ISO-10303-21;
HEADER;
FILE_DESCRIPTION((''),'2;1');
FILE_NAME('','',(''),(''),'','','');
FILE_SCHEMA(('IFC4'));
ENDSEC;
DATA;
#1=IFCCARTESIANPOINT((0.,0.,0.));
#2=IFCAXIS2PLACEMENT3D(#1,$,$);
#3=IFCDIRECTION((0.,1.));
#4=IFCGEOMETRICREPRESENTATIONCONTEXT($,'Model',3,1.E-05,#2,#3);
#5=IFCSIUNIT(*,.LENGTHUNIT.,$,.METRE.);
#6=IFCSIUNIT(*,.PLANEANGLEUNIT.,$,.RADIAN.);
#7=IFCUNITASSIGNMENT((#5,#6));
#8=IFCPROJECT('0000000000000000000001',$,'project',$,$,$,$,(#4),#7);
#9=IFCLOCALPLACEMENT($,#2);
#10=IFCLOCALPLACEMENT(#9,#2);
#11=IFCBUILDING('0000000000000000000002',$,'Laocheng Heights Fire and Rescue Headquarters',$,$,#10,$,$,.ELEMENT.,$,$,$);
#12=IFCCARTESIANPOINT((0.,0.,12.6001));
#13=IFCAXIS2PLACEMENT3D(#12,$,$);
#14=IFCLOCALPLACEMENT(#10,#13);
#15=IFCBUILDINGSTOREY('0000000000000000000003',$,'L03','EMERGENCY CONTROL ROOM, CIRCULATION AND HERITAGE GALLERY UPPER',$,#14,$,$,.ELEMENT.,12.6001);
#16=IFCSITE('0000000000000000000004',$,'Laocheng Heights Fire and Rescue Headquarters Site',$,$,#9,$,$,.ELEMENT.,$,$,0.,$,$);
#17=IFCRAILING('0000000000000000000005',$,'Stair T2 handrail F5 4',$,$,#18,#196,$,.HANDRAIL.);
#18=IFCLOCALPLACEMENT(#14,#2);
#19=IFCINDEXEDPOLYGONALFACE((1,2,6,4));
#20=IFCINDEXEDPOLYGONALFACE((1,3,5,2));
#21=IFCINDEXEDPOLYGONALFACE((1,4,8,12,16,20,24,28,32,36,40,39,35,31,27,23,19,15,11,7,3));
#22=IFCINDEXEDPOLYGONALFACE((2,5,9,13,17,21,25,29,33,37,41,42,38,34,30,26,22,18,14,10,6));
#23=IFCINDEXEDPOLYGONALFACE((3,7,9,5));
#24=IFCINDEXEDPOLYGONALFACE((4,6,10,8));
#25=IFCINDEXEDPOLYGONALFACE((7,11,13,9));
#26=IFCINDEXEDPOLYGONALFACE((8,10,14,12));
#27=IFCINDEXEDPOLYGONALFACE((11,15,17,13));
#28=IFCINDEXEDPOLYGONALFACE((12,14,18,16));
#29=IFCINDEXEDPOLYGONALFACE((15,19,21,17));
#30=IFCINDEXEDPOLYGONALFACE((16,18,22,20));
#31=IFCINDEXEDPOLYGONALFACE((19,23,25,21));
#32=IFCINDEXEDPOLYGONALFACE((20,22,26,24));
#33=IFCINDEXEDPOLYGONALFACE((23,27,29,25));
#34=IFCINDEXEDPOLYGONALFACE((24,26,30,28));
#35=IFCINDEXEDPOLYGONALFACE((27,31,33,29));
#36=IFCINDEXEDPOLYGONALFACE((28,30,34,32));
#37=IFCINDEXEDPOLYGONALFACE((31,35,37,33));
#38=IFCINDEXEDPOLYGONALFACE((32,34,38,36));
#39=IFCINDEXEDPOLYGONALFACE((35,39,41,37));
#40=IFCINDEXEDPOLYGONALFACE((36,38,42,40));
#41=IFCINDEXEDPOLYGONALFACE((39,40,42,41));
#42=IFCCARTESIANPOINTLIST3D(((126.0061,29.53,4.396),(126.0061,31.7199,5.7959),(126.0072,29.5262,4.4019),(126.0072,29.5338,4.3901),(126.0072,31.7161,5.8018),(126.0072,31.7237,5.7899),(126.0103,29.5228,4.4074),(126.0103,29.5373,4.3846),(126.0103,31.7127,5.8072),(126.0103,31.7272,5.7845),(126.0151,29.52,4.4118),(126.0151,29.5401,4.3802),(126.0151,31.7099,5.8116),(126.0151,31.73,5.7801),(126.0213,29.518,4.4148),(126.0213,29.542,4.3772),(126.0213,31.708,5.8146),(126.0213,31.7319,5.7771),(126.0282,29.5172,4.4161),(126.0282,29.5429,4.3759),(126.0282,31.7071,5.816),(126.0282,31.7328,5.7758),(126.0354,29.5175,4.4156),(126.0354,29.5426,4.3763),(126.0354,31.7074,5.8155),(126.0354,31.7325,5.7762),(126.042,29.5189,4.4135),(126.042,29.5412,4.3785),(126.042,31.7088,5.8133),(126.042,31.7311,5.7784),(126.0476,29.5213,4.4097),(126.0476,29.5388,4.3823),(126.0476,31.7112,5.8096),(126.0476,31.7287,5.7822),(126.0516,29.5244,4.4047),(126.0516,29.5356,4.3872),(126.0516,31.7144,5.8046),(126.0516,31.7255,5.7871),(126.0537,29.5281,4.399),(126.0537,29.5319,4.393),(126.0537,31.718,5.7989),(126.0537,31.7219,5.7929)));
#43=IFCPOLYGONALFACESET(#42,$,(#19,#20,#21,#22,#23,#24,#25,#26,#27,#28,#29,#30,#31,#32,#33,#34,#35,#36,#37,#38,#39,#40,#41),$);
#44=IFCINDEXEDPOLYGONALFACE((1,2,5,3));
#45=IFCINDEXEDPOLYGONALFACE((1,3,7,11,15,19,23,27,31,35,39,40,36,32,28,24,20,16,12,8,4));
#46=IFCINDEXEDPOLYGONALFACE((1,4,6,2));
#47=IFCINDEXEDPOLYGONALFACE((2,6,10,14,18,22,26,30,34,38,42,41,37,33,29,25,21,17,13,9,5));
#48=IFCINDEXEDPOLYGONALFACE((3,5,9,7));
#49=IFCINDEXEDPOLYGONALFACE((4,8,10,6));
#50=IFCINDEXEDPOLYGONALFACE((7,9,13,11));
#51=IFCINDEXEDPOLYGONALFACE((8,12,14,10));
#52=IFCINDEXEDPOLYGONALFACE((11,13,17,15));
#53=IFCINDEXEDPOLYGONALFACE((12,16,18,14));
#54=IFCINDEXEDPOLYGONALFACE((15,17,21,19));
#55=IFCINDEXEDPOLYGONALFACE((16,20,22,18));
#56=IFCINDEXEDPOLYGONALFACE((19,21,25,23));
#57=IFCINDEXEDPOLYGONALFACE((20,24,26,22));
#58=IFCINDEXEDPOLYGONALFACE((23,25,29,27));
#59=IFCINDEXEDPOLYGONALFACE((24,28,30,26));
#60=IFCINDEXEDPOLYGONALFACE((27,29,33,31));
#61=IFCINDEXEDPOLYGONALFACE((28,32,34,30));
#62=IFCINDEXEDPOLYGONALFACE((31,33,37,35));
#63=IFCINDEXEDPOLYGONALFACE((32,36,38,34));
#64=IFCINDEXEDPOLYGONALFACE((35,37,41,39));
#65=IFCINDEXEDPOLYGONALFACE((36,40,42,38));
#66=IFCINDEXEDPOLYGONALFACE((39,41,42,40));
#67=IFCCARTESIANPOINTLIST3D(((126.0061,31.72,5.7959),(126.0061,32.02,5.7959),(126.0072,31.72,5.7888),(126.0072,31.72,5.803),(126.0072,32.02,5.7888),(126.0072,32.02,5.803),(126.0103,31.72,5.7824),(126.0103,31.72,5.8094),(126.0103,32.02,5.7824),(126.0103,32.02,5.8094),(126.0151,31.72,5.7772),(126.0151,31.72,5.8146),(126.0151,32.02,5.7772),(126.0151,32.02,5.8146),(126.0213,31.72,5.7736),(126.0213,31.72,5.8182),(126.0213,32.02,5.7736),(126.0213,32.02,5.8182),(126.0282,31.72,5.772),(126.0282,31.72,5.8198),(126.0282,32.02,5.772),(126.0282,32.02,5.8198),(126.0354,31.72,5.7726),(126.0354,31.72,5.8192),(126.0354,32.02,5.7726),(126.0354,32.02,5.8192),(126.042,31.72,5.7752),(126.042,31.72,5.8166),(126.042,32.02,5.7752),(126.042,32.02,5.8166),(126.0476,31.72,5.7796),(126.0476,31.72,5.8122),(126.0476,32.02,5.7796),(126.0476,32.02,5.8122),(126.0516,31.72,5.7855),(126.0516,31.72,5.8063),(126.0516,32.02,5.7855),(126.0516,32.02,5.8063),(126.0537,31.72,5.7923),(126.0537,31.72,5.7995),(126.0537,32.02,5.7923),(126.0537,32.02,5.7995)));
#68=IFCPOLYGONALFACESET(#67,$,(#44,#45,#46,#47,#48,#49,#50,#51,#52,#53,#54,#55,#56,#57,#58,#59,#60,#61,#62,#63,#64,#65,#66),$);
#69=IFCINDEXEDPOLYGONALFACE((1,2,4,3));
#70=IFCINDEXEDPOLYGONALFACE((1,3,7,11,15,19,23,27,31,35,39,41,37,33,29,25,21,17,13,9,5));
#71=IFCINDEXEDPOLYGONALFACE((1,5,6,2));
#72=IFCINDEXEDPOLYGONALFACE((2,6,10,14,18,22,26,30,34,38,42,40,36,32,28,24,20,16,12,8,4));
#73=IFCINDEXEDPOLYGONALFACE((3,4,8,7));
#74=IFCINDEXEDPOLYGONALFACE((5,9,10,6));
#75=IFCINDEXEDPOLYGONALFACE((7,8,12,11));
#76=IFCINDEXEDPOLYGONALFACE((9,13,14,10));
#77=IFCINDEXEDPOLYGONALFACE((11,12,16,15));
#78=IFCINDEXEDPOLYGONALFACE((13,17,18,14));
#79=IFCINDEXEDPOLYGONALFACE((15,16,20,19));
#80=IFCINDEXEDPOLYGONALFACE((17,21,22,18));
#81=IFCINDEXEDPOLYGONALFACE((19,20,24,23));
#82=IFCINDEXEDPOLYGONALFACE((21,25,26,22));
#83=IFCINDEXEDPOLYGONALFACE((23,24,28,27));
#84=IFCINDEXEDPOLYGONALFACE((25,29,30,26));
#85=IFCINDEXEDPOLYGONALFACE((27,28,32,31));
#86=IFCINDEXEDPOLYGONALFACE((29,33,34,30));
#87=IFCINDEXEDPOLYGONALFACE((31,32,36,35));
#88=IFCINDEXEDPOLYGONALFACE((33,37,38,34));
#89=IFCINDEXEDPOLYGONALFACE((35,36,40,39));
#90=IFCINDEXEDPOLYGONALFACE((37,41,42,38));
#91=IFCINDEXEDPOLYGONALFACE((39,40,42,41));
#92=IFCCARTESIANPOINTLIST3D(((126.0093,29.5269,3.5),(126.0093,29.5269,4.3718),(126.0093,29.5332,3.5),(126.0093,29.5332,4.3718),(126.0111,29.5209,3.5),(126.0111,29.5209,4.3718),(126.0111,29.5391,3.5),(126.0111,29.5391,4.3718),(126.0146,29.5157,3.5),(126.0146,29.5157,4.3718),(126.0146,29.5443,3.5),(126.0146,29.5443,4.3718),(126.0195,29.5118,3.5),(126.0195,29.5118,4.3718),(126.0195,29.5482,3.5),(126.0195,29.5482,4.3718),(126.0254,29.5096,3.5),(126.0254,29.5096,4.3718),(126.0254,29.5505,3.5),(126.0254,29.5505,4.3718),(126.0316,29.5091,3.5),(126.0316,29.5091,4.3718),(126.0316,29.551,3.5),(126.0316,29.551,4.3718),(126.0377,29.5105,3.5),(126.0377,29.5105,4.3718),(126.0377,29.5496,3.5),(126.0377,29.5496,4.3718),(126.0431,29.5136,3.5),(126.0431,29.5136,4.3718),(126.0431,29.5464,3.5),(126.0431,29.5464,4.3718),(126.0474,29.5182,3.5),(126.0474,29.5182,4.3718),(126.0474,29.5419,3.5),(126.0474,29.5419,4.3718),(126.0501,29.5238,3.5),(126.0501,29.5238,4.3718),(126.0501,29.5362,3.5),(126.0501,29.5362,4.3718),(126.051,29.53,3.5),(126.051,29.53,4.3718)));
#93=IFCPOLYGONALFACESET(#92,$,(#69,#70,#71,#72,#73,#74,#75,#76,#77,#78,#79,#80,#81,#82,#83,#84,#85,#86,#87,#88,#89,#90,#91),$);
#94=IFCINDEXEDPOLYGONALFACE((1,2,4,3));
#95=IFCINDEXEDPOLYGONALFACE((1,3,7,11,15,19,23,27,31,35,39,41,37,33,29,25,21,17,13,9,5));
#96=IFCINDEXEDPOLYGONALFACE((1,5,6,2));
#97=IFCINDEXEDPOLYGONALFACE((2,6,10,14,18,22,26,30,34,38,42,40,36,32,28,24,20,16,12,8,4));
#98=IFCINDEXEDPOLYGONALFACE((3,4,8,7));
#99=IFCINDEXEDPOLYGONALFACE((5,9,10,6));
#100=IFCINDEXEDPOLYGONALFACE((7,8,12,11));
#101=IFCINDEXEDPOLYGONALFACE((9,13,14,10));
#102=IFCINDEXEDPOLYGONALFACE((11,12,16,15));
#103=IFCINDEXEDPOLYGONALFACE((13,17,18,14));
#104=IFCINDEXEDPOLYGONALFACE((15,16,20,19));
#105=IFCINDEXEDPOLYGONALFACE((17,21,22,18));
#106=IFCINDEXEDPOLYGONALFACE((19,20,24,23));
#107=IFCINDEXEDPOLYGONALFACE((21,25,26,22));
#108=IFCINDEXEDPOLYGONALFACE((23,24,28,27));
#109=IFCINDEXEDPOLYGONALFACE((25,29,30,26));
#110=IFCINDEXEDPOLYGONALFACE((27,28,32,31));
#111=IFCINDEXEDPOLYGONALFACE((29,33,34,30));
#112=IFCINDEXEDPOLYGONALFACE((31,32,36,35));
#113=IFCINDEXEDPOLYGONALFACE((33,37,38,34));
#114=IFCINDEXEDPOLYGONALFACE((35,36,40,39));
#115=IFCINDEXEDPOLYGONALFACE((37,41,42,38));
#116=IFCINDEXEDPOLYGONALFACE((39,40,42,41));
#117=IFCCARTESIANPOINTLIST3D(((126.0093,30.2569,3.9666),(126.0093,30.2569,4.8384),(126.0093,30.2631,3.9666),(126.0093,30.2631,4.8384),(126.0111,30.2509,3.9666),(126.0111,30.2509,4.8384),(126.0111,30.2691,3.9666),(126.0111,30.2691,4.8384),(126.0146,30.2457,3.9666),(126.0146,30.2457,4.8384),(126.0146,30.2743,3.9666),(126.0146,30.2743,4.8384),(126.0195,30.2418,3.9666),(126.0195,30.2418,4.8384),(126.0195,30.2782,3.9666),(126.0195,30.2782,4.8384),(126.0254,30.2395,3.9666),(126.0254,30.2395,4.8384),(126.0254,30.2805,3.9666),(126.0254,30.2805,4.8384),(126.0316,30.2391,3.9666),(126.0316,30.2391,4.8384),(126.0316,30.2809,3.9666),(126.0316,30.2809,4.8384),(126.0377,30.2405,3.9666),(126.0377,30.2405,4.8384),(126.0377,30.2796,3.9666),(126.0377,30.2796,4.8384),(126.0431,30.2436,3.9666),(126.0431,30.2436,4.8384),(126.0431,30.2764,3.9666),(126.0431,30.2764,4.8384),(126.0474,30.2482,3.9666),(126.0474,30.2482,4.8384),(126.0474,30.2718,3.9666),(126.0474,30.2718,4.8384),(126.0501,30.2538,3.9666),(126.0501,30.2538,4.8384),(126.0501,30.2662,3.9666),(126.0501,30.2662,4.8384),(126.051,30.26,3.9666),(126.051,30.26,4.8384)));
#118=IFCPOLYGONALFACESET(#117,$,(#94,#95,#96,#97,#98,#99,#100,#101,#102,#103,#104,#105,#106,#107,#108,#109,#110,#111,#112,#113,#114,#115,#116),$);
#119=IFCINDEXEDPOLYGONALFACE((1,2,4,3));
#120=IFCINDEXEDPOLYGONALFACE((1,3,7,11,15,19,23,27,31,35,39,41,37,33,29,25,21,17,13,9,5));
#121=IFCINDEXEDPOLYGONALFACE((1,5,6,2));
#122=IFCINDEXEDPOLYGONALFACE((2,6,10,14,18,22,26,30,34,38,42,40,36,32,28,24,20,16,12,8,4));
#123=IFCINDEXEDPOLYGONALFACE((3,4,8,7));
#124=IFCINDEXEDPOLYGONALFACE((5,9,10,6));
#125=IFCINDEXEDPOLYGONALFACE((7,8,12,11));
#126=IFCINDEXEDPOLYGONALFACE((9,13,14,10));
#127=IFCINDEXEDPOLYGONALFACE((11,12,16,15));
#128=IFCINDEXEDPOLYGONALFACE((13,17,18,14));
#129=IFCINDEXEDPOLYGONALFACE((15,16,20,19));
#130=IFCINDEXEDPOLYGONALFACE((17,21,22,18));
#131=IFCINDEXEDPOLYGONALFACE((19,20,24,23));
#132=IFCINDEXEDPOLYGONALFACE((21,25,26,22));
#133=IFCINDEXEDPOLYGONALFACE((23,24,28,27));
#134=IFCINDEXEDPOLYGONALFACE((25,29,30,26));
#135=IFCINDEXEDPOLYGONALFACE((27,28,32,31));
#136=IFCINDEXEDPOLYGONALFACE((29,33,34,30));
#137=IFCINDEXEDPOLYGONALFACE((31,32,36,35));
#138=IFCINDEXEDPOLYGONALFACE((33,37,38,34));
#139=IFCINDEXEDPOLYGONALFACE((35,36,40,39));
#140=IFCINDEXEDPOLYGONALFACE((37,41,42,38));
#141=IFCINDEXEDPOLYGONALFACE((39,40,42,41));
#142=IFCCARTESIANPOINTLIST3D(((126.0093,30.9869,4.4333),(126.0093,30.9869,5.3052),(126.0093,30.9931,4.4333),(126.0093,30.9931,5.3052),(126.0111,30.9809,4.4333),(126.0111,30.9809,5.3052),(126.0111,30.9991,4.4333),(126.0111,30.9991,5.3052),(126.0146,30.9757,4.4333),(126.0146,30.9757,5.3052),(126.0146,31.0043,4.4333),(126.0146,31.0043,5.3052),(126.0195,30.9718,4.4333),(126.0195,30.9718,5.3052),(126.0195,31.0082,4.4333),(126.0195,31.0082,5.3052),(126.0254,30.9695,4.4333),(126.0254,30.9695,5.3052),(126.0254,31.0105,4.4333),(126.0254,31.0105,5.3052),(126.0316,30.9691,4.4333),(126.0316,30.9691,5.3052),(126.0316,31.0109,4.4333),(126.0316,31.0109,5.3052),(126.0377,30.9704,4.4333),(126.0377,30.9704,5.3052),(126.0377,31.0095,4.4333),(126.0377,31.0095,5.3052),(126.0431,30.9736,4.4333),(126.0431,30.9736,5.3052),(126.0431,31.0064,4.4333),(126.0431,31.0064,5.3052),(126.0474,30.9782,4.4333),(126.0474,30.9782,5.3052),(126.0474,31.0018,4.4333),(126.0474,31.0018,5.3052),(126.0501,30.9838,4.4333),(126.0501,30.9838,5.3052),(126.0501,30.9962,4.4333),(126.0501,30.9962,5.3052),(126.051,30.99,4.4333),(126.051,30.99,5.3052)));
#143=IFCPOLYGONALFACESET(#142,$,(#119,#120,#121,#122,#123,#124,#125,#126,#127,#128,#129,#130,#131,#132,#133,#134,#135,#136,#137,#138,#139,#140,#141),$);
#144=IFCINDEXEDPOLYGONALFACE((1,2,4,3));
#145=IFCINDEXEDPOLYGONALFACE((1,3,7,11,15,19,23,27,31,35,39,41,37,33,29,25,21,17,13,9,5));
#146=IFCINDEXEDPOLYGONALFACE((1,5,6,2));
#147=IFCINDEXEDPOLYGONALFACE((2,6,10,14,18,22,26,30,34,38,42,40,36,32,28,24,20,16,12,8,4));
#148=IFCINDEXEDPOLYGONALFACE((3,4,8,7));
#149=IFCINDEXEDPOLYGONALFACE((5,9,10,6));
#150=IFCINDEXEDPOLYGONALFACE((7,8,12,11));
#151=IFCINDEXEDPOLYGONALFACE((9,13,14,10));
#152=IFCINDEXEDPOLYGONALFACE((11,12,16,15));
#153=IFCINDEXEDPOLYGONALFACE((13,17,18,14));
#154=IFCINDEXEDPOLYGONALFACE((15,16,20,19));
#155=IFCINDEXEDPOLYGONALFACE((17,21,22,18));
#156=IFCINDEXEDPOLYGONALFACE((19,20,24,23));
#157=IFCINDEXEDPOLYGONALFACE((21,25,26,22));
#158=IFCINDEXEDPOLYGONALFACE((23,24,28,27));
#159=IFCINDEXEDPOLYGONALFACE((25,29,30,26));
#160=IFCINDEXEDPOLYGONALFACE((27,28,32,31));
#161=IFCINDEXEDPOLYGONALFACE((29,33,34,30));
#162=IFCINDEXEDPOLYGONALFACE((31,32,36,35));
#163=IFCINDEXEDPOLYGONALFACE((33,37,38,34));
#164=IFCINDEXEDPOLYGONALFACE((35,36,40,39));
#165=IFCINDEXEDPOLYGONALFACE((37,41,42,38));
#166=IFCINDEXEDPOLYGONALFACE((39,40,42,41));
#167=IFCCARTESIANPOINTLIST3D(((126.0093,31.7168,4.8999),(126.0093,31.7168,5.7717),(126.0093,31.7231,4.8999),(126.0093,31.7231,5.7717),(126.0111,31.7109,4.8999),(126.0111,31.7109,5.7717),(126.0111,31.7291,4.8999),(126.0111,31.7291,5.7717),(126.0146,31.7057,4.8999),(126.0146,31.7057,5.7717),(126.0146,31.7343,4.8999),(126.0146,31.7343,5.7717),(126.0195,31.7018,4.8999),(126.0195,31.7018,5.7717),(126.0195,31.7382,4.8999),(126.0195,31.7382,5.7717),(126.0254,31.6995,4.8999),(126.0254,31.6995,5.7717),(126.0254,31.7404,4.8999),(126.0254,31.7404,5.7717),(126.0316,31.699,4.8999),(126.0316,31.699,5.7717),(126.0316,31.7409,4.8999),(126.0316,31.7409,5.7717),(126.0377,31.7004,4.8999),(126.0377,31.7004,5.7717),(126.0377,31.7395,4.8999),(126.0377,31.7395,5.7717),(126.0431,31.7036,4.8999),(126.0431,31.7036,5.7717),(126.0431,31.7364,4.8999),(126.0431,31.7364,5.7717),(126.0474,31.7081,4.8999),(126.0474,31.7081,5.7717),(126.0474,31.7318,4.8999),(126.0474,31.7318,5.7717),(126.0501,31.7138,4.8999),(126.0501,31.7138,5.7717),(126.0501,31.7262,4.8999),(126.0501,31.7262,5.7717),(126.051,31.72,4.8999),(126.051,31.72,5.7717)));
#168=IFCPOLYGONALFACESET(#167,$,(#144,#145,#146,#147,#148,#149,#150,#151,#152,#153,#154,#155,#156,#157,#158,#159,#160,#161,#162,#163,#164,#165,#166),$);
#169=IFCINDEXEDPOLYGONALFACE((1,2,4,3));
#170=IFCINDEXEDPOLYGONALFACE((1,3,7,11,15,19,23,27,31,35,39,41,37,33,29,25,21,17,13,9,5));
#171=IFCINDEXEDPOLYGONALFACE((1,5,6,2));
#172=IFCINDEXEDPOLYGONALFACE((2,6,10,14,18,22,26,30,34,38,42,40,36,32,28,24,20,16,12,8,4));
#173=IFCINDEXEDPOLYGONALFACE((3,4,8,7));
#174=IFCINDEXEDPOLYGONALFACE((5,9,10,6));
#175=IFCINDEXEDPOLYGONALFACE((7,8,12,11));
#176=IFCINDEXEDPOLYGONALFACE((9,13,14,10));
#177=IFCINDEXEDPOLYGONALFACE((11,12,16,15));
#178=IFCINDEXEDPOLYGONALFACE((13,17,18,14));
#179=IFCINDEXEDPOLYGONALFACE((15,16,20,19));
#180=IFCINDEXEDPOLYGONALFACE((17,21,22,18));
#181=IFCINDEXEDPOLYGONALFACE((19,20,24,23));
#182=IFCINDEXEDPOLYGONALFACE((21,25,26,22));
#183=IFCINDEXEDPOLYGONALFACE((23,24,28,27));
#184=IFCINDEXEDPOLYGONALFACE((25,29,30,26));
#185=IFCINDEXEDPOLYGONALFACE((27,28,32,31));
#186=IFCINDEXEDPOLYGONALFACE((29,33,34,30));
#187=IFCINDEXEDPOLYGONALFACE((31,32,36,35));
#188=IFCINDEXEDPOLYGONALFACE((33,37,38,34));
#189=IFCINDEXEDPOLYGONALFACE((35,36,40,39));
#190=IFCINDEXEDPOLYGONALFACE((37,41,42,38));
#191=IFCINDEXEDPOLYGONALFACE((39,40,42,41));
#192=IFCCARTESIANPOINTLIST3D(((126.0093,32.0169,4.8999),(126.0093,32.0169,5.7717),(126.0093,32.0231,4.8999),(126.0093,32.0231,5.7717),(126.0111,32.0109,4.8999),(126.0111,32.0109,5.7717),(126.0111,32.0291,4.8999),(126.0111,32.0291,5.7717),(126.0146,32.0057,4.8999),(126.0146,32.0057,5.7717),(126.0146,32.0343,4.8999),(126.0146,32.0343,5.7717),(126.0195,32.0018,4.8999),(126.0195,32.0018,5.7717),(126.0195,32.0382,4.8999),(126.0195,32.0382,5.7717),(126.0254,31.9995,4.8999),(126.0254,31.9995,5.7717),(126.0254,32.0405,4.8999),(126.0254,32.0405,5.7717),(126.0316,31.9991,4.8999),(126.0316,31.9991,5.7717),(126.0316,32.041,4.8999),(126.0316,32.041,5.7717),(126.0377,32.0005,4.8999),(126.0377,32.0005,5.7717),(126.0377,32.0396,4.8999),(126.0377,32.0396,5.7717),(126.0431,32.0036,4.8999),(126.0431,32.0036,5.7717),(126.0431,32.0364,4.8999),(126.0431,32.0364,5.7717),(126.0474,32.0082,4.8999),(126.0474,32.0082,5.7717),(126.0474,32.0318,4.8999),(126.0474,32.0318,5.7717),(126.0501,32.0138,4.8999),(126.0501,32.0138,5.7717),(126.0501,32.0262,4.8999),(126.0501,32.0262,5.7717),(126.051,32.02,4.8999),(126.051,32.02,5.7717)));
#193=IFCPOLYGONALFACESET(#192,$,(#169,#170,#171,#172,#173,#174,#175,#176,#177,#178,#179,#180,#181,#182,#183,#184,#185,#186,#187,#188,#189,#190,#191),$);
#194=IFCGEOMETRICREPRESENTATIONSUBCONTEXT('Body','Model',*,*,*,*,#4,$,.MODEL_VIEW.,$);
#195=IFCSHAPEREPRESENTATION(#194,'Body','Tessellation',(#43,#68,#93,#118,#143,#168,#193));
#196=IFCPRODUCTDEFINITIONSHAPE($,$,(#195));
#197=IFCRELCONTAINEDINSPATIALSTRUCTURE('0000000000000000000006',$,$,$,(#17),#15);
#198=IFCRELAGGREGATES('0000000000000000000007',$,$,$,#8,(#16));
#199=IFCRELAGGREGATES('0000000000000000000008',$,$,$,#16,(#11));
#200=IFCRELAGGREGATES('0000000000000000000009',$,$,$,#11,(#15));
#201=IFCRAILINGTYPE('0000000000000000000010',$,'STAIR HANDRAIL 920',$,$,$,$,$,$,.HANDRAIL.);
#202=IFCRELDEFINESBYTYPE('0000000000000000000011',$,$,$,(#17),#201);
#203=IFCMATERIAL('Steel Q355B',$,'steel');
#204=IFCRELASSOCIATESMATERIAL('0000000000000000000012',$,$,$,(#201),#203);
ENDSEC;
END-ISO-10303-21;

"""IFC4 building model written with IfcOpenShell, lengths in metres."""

from ifc_helpers import new_model, si_unit, direction, frame, origin, origin_2d, place, context, subcontext, project, spatial, circle, extrude, material, type_object, element, save


model = new_model("IFC4")

# Units and contexts
model_context = context("Model", 3, precision=1e-05, world=origin(), true_north=direction((0.0, 1.0)))
body_context = subcontext(model_context, "Body", "Model", "MODEL_VIEW")
ifc_project = project(units=[si_unit("LENGTHUNIT", "METRE"), si_unit("PLANEANGLEUNIT", "RADIAN")], contexts=[model_context])

# Site, building, storey
site_placement = place(None, origin())
site = spatial("IfcSite", under=ifc_project, at=site_placement, Name="Laocheng Heights Fire and Rescue Headquarters Site", CompositionType="ELEMENT", RefElevation=0.0)
building_placement = place(site_placement, origin())
building = spatial("IfcBuilding", under=site, at=building_placement, Name="Laocheng Heights Fire and Rescue Headquarters", CompositionType="ELEMENT")
storey_placement = place(building_placement, frame((0.0, 0.0, 12.6001)))
storey = spatial("IfcBuildingStorey", under=building, at=storey_placement, Name="L03", Description="EMERGENCY CONTROL ROOM, CIRCULATION AND HERITAGE GALLERY UPPER", CompositionType="ELEMENT", Elevation=12.6001)

# Railing
ifc_material_1 = material(Name="Steel Q355B", Category="steel")
railing_type_1 = type_object("IfcRailingType", Name="STAIR HANDRAIL 920", PredefinedType="HANDRAIL", material=ifc_material_1)
railing_1_placement = place(storey_placement, frame((126.03, 29.53, 3.5)))
element("IfcRailing", 1, at=railing_1_placement, inside=storey, type_object=railing_type_1, Name="Stair T2 handrail F5 4", PredefinedType="HANDRAIL", context=body_context, shape_type="SweptSolid", body=[
    extrude(circle(Radius=0.0239, at=origin_2d()), frame((0.0, 0.0, 0.896), z_axis=(0.0, 0.842561, 0.5386), x_axis=(-1.0, 0.0, 0.0)), (0.0, 0.0, 1.0), 2.5991),
    extrude(circle(Radius=0.0239, at=origin_2d()), frame((0.0, 2.1899, 2.2959), z_axis=(0.0, 1.0, 0.0), x_axis=(-1.0, 0.0, 0.0)), (0.0, 0.0, 1.0), 0.3),
    extrude(circle(Radius=0.021, at=origin_2d()), origin(), (0.0, 0.0, 1.0), 0.8718),
    extrude(circle(Radius=0.021, at=origin_2d()), frame((0.0, 0.73, 0.4666)), (0.0, 0.0, 1.0), 0.8718),
    extrude(circle(Radius=0.021, at=origin_2d()), frame((0.0, 1.46, 0.9333)), (0.0, 0.0, 1.0), 0.8718),
    extrude(circle(Radius=0.021, at=origin_2d()), frame((0.0, 2.1899, 1.3999)), (0.0, 0.0, 1.0), 0.8718),
    extrude(circle(Radius=0.021, at=origin_2d()), frame((0.0, 2.49, 1.3999)), (0.0, 0.0, 1.0), 0.8718),
])

save(model, "model.ifc")
